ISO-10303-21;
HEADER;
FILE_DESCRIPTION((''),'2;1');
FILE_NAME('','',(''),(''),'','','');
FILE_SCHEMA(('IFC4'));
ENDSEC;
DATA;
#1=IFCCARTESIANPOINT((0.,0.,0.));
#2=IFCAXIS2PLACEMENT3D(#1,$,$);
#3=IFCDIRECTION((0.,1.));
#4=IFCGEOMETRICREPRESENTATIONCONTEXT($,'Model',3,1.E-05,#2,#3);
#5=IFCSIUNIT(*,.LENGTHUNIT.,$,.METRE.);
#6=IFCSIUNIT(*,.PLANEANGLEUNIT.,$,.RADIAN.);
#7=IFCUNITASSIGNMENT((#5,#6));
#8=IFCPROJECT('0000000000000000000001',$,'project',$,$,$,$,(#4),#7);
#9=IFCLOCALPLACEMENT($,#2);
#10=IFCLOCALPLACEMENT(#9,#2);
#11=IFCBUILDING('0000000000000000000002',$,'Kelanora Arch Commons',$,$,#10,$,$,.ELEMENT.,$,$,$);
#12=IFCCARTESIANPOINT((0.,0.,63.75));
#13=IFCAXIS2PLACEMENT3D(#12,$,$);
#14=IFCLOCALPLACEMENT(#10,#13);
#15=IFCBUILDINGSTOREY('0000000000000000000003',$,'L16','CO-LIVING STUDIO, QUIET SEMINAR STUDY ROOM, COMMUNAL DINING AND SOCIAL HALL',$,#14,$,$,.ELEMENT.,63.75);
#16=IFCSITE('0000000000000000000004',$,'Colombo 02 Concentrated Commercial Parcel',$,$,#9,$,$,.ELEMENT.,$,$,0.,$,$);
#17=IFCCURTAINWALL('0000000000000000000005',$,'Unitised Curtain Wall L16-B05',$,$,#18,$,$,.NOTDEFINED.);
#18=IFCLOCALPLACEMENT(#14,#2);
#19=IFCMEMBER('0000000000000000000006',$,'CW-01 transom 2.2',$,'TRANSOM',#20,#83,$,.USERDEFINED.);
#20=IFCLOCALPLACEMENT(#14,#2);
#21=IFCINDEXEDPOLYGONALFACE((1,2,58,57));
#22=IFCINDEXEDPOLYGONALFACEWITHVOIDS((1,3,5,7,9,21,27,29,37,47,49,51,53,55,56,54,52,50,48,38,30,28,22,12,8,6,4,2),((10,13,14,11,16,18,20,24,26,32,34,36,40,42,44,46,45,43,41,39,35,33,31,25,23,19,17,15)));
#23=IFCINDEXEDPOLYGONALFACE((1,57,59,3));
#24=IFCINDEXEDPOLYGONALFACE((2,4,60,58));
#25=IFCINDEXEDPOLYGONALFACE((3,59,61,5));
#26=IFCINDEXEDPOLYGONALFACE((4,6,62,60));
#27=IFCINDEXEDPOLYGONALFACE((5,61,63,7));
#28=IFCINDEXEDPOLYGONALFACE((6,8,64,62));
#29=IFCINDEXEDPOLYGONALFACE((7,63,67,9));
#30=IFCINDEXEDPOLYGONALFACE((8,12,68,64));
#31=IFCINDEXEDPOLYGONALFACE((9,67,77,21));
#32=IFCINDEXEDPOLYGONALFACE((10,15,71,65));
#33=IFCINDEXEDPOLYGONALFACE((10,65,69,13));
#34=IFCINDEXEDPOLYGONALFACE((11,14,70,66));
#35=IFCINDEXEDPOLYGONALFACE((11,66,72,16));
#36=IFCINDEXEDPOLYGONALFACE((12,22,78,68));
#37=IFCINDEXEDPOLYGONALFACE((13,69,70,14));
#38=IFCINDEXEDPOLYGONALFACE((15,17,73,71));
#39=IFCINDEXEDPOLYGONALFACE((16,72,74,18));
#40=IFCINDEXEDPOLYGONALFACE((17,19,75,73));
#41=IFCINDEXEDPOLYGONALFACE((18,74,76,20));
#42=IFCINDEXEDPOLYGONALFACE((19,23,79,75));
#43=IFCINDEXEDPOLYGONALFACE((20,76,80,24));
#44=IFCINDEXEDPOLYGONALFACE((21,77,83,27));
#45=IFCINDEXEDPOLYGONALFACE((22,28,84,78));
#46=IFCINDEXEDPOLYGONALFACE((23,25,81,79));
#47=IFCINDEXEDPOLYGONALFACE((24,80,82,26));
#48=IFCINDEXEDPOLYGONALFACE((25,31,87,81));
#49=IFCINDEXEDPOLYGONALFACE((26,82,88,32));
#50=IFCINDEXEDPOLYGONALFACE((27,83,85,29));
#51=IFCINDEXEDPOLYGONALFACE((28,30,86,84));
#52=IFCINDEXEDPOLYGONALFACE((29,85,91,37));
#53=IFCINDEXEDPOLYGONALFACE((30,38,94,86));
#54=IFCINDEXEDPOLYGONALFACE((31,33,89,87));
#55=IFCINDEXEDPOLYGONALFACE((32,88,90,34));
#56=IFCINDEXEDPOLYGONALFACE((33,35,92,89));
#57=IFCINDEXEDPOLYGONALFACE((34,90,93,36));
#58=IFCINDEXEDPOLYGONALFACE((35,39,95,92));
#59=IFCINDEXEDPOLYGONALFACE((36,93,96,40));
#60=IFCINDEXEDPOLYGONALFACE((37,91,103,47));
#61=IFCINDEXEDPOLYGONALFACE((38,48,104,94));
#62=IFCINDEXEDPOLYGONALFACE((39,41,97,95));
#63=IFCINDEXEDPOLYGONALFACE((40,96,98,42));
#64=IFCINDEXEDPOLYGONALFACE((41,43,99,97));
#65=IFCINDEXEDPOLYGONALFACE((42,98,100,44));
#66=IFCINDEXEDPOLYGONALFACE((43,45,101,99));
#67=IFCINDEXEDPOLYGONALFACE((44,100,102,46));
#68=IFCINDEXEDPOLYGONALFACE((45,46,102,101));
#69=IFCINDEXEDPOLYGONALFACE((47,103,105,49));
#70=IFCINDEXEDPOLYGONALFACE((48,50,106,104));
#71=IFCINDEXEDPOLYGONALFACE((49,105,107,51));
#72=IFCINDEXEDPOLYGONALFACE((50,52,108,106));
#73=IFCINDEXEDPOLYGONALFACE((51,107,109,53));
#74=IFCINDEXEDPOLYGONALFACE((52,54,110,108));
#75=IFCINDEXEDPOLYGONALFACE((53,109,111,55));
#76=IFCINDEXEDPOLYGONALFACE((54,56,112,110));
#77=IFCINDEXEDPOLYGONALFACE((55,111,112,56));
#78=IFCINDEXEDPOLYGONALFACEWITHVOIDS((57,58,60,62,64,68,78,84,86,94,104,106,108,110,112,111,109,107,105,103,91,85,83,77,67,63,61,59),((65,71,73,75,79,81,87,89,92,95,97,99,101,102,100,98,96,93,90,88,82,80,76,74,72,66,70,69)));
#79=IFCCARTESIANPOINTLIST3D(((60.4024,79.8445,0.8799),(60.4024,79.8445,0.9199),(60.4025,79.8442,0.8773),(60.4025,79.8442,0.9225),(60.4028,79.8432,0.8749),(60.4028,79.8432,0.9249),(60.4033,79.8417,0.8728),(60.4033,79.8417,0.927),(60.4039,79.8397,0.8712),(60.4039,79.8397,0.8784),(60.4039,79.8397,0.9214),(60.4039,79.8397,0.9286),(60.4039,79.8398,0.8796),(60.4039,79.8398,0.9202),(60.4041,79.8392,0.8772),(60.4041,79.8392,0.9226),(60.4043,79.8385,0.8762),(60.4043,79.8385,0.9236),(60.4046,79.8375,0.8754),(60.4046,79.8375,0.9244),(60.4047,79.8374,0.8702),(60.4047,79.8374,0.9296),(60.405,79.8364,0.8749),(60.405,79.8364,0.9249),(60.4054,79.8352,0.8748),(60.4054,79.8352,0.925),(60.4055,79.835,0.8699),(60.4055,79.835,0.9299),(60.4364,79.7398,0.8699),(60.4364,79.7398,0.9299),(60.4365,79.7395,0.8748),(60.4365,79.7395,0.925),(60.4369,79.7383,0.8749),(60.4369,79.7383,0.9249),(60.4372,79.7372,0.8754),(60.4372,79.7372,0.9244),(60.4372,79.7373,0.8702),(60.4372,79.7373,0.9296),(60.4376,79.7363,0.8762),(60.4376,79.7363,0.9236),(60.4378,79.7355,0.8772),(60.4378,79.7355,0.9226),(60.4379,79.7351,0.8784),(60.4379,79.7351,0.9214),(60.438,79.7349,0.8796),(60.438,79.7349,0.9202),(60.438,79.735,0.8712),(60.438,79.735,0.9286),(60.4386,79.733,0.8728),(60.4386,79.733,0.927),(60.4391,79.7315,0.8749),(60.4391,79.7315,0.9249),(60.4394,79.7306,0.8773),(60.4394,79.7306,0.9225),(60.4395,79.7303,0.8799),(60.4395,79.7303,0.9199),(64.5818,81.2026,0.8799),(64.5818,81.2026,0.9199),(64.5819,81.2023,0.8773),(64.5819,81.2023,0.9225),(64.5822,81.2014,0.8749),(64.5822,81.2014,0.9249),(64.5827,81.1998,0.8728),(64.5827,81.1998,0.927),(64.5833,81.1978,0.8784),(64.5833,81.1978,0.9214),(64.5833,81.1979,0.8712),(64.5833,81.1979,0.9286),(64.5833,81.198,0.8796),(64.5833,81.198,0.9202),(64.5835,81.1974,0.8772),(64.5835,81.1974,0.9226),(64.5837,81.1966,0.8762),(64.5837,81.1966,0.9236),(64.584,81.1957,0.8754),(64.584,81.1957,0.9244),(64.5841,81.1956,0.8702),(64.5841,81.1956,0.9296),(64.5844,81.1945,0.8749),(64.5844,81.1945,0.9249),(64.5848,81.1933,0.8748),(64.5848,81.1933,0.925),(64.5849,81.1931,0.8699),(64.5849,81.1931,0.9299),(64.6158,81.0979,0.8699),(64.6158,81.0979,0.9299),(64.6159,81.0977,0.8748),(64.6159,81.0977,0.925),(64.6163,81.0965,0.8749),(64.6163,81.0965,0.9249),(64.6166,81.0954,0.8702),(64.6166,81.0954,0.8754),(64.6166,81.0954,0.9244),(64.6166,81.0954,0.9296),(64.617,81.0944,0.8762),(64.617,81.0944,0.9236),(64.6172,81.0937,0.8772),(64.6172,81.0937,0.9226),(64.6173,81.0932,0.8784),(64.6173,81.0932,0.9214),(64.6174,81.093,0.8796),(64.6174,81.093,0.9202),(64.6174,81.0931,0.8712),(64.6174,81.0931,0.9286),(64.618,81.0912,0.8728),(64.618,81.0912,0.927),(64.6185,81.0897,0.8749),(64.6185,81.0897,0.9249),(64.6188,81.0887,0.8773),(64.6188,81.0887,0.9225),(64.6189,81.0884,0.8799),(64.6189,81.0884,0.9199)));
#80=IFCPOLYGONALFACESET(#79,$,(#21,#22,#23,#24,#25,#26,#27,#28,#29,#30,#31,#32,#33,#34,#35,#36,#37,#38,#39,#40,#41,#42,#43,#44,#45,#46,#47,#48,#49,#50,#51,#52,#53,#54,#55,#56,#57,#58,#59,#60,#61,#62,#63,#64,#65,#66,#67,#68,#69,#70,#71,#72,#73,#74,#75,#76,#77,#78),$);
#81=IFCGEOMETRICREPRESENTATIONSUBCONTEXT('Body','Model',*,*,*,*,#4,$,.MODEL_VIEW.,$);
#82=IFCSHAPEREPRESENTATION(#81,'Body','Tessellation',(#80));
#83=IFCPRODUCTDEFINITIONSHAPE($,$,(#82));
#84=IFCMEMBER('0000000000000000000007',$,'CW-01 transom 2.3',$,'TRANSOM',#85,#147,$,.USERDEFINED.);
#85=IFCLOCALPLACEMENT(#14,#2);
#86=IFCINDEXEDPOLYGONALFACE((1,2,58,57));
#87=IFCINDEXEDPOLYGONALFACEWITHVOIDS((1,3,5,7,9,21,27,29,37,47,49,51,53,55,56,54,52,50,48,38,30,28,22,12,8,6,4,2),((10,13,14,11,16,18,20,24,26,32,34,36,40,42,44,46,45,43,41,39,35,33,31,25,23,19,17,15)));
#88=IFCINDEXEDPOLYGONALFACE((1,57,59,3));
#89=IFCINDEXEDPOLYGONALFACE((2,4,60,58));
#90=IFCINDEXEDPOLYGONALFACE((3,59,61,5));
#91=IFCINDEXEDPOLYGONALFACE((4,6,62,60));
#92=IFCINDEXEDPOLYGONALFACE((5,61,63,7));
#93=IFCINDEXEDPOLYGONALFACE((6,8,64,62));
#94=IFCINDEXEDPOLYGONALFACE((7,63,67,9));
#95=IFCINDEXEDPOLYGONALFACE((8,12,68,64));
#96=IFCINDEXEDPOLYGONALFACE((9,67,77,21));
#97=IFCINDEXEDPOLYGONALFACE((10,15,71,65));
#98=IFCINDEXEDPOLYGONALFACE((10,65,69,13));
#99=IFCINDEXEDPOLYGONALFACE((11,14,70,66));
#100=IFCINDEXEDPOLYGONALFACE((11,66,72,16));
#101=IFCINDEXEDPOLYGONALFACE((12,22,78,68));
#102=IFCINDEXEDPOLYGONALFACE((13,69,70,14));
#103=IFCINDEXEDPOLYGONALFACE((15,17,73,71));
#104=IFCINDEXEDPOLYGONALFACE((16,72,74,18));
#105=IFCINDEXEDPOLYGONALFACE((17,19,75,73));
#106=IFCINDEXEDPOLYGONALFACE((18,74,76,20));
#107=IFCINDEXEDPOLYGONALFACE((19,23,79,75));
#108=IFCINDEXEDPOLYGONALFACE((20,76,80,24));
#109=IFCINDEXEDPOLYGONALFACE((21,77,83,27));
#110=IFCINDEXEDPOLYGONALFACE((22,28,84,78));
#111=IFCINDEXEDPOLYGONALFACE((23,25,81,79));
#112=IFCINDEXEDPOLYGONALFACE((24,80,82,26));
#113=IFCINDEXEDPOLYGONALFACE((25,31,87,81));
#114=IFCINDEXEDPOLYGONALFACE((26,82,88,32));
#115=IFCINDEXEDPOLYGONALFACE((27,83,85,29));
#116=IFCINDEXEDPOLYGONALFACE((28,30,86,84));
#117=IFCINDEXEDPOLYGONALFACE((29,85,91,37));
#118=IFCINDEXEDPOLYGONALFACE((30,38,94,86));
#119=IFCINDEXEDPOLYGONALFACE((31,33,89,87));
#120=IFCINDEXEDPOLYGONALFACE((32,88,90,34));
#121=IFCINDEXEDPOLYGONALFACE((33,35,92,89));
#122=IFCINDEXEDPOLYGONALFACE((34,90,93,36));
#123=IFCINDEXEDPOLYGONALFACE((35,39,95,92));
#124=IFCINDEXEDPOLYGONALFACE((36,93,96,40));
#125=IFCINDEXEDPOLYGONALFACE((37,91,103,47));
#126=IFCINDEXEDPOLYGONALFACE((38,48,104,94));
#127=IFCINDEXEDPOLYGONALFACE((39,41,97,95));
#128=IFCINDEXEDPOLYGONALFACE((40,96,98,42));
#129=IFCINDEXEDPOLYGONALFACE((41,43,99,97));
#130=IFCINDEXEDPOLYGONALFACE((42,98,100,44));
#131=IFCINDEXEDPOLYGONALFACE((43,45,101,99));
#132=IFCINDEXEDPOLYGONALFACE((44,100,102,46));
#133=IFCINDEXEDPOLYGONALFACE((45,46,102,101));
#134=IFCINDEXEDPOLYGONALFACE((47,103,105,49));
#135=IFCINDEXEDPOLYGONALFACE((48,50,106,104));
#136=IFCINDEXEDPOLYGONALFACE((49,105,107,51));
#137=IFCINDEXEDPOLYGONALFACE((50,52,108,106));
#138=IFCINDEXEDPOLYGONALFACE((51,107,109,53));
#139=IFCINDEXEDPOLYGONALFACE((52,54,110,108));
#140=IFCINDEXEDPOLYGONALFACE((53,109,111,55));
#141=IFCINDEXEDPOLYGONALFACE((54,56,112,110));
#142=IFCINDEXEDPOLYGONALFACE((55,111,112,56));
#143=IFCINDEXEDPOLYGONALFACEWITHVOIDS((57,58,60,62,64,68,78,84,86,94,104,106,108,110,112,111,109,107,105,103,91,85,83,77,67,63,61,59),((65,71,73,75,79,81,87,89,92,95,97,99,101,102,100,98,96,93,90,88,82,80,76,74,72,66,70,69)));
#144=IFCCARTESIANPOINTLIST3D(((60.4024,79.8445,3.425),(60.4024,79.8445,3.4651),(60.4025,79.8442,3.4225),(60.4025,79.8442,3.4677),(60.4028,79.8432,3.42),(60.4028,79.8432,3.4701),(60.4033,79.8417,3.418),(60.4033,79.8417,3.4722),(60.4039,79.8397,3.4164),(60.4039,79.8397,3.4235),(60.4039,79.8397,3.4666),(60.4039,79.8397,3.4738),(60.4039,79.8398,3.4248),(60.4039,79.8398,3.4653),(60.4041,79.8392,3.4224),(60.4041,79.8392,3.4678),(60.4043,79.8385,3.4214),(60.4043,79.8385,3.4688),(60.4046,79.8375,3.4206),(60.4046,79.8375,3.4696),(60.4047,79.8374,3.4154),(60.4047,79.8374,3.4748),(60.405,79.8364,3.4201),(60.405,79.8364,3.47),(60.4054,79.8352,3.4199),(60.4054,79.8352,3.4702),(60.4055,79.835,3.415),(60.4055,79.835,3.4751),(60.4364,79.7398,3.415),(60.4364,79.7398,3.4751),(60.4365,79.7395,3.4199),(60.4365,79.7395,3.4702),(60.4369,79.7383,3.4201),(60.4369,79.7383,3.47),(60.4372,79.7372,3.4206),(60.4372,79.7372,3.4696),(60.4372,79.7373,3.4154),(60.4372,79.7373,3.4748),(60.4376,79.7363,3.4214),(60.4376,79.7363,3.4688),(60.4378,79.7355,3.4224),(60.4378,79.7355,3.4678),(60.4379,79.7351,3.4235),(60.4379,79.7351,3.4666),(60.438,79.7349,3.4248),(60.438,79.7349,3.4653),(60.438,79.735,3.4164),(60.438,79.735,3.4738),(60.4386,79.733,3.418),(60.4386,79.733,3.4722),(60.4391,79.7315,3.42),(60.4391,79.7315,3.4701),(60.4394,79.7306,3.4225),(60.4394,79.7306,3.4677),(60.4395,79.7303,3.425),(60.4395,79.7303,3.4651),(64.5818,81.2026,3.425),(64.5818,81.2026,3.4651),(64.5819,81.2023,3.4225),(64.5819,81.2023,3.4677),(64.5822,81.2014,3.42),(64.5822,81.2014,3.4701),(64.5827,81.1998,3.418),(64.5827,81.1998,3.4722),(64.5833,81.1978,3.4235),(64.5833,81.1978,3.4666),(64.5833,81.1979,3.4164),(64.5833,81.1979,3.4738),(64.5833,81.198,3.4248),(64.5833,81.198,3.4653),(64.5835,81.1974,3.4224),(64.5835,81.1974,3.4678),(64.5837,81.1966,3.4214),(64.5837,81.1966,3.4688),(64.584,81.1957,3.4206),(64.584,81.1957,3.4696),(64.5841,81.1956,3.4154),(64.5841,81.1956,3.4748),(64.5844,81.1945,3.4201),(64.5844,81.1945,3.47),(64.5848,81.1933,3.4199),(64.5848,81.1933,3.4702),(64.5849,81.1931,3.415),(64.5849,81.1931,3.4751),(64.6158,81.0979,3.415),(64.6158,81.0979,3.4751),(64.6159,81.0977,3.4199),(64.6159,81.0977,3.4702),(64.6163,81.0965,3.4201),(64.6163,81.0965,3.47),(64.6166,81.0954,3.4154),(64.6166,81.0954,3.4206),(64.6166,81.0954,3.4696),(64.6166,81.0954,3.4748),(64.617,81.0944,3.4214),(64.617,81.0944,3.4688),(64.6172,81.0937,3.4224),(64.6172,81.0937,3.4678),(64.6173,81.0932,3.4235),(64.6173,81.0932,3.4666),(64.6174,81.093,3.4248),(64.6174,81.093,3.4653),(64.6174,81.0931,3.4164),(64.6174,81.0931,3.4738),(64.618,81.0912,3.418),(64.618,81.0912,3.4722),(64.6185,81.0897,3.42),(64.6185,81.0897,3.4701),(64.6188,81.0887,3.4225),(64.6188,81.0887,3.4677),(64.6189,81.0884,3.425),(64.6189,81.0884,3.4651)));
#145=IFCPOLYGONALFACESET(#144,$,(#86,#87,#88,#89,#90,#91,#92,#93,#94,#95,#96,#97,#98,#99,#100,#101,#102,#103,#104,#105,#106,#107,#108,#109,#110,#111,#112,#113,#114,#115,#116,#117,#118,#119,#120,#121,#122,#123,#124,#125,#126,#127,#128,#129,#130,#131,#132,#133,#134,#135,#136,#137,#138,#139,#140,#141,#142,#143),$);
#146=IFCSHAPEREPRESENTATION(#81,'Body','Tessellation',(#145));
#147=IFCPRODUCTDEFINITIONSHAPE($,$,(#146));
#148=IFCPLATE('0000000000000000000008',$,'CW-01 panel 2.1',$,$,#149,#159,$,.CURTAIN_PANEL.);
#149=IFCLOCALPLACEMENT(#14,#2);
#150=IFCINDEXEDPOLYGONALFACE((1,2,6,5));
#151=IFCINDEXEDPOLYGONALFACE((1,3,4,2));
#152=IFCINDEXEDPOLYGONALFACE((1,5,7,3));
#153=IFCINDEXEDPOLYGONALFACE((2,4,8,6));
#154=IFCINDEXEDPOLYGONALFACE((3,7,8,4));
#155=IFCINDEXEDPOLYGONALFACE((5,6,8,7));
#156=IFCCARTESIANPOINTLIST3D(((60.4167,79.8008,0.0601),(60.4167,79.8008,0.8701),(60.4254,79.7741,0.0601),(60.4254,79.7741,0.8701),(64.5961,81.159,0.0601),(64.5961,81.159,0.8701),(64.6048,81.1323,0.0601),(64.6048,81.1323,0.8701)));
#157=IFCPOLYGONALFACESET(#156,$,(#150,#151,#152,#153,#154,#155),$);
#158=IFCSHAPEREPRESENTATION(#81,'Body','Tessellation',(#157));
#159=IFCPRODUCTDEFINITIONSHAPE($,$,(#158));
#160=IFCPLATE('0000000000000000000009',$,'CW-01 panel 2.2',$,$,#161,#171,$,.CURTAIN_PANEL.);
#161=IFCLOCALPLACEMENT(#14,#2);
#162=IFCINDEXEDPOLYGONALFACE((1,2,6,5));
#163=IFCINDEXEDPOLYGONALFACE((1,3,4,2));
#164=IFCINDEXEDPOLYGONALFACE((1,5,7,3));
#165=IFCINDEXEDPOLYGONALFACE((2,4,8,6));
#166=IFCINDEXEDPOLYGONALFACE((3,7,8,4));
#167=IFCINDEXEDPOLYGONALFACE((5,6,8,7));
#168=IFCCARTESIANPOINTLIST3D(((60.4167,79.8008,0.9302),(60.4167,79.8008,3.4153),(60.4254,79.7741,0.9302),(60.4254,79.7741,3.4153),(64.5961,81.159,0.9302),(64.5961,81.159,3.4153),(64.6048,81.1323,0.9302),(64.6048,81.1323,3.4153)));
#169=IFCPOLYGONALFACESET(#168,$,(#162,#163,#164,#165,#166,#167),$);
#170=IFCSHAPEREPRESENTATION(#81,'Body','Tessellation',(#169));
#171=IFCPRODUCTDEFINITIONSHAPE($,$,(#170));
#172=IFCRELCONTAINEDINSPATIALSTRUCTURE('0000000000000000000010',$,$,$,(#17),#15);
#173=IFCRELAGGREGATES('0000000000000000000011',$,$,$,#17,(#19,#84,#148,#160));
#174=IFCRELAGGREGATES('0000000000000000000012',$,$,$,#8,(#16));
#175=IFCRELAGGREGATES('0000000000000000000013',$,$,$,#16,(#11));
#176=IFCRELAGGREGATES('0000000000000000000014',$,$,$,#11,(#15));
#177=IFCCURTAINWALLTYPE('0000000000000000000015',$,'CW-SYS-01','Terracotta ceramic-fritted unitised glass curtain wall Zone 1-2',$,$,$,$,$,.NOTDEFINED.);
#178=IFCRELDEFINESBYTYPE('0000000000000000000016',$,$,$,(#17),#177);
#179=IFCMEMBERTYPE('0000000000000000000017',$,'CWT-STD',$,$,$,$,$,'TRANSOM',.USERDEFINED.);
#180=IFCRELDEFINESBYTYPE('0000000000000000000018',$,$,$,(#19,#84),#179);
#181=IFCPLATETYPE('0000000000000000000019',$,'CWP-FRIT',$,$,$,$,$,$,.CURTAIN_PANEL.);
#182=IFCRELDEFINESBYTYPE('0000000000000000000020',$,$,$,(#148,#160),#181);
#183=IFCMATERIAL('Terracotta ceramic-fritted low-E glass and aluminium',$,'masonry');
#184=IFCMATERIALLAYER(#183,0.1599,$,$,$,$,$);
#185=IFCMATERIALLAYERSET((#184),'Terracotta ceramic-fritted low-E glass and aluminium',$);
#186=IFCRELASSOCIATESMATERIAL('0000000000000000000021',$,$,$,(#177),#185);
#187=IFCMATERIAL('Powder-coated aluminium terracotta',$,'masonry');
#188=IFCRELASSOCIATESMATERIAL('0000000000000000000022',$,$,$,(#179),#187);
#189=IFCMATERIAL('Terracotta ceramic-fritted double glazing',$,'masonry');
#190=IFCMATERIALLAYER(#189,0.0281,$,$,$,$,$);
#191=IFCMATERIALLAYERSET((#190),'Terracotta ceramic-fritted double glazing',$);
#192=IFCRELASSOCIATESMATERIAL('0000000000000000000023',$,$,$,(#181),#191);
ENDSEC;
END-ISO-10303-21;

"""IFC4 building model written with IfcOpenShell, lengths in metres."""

from ifc_helpers import new_model, si_unit, direction, frame, origin, origin_2d, place, context, subcontext, project, spatial, rectangle, hollow_rectangle, extrude, source, transform, mapped, material, layer, layer_set, material_profile, profile_set, type_object, element, aggregate, save


model = new_model("IFC4")

# Units and contexts
model_context = context("Model", 3, precision=1e-05, world=origin(), true_north=direction((0.0, 1.0)))
body_context = subcontext(model_context, "Body", "Model", "MODEL_VIEW")
ifc_project = project(units=[si_unit("LENGTHUNIT", "METRE"), si_unit("PLANEANGLEUNIT", "RADIAN")], contexts=[model_context])

# Site, building, storey
site_placement = place(None, origin())
site = spatial("IfcSite", under=ifc_project, at=site_placement, Name="Colombo 02 Concentrated Commercial Parcel", CompositionType="ELEMENT", RefElevation=0.0)
building_placement = place(site_placement, origin())
building = spatial("IfcBuilding", under=site, at=building_placement, Name="Kelanora Arch Commons", CompositionType="ELEMENT")
storey_placement = place(building_placement, frame((0.0, 0.0, 63.75)))
storey = spatial("IfcBuildingStorey", under=building, at=storey_placement, Name="L16", Description="CO-LIVING STUDIO, QUIET SEMINAR STUDY ROOM, COMMUNAL DINING AND SOCIAL HALL", CompositionType="ELEMENT", Elevation=63.75)

# Curtain wall, members, plates
ifc_material_1 = material(Name="Terracotta ceramic-fritted low-E glass and aluminium", Category="masonry")
ifc_layer_1 = layer(ifc_material_1, 0.1599)
ifc_layer_set_1 = layer_set([ifc_layer_1], Name="Terracotta ceramic-fritted low-E glass and aluminium")
curtain_wall_type = type_object("IfcCurtainWallType", Name="CW-SYS-01", Description="Terracotta ceramic-fritted unitised glass curtain wall Zone 1-2", PredefinedType="NOTDEFINED", material=ifc_layer_set_1)
curtain_wall_placement = place(storey_placement, origin())
curtain_wall = element("IfcCurtainWall", 1, at=curtain_wall_placement, inside=storey, type_object=curtain_wall_type, Name="Unitised Curtain Wall L16-B05", PredefinedType="NOTDEFINED")
ifc_material_2 = material(Name="Powder-coated aluminium terracotta", Category="masonry")
ifc_material_profile_1 = material_profile(ifc_material_2, hollow_rectangle(XDim=0.1201, YDim=0.0601, WallThickness=0.0049, InnerFilletRadius=0.0049, OuterFilletRadius=0.01, at=origin_2d()), Name="CWT120x60")
ifc_profile_set_1 = profile_set([ifc_material_profile_1], Name="Powder-coated aluminium terracotta")
member_type_1 = type_object("IfcMemberType", Name="CWT-STD", ElementType="TRANSOM", PredefinedType="USERDEFINED", material=ifc_profile_set_1)
member_1_placement = place(storey_placement, frame((64.6003, 81.1455, 0.8999), z_axis=(-0.951045, -0.309052, 0.0), x_axis=(0.309052, -0.951045, 0.0)))
member_1 = element("IfcMember", 2, at=member_1_placement, type_object=member_type_1, Name="CW-01 transom 2.2", ObjectType="TRANSOM", PredefinedType="USERDEFINED", context=body_context, shape_type="SweptSolid", body=[
    extrude(hollow_rectangle(XDim=0.1201, YDim=0.0601, WallThickness=0.0049, InnerFilletRadius=0.0049, OuterFilletRadius=0.01, at=origin_2d()), origin(), (0.0, 0.0, 1.0), 4.3945),
])
member_2_placement = place(storey_placement, frame((64.6003, 81.1455, 3.4451), z_axis=(-0.951045, -0.309052, 0.0), x_axis=(0.309052, -0.951045, 0.0)))
member_2 = element("IfcMember", 3, at=member_2_placement, type_object=member_type_1, Name="CW-01 transom 2.3", ObjectType="TRANSOM", PredefinedType="USERDEFINED", context=body_context, shape_type="SweptSolid", body=[
    extrude(hollow_rectangle(XDim=0.1201, YDim=0.0601, WallThickness=0.0049, InnerFilletRadius=0.0049, OuterFilletRadius=0.01, at=origin_2d()), origin(), (0.0, 0.0, 1.0), 4.3945),
])
ifc_material_3 = material(Name="Terracotta ceramic-fritted double glazing", Category="masonry")
ifc_layer_2 = layer(ifc_material_3, 0.0281)
ifc_layer_set_2 = layer_set([ifc_layer_2], Name="Terracotta ceramic-fritted double glazing")
plate_type = type_object("IfcPlateType", Name="CWP-FRIT", PredefinedType="CURTAIN_PANEL", material=ifc_layer_set_2)
shared_shape_1 = source(origin(), body_context, "Body", "SweptSolid", [
    extrude(rectangle(XDim=4.3945, YDim=0.0281, at=origin_2d()), origin(), (0.0, 0.0, 1.0), 0.8101),
])
plate_1_placement = place(storey_placement, frame((62.5107, 80.4666, 0.0601), z_axis=(0.0, 0.0, 1.0), x_axis=(-0.951043, -0.309058, 0.0)))
plate_1 = element("IfcPlate", 4, at=plate_1_placement, type_object=plate_type, Name="CW-01 panel 2.1", PredefinedType="CURTAIN_PANEL", context=body_context, shape_type="MappedRepresentation", body=[
    mapped(shared_shape_1, transform((0.0, 0.0, 0.0), scale=1.0)),
])
shared_shape_2 = source(origin(), body_context, "Body", "SweptSolid", [
    extrude(rectangle(XDim=4.3945, YDim=0.0281, at=origin_2d()), origin(), (0.0, 0.0, 1.0), 2.4851),
])
plate_2_placement = place(storey_placement, frame((62.5107, 80.4666, 0.9302), z_axis=(0.0, 0.0, 1.0), x_axis=(-0.951043, -0.309058, 0.0)))
plate_2 = element("IfcPlate", 5, at=plate_2_placement, type_object=plate_type, Name="CW-01 panel 2.2", PredefinedType="CURTAIN_PANEL", context=body_context, shape_type="MappedRepresentation", body=[
    mapped(shared_shape_2, transform((0.0, 0.0, 0.0), scale=1.0)),
])
aggregate(curtain_wall, [member_1, member_2, plate_1, plate_2])

save(model, "model.ifc")
